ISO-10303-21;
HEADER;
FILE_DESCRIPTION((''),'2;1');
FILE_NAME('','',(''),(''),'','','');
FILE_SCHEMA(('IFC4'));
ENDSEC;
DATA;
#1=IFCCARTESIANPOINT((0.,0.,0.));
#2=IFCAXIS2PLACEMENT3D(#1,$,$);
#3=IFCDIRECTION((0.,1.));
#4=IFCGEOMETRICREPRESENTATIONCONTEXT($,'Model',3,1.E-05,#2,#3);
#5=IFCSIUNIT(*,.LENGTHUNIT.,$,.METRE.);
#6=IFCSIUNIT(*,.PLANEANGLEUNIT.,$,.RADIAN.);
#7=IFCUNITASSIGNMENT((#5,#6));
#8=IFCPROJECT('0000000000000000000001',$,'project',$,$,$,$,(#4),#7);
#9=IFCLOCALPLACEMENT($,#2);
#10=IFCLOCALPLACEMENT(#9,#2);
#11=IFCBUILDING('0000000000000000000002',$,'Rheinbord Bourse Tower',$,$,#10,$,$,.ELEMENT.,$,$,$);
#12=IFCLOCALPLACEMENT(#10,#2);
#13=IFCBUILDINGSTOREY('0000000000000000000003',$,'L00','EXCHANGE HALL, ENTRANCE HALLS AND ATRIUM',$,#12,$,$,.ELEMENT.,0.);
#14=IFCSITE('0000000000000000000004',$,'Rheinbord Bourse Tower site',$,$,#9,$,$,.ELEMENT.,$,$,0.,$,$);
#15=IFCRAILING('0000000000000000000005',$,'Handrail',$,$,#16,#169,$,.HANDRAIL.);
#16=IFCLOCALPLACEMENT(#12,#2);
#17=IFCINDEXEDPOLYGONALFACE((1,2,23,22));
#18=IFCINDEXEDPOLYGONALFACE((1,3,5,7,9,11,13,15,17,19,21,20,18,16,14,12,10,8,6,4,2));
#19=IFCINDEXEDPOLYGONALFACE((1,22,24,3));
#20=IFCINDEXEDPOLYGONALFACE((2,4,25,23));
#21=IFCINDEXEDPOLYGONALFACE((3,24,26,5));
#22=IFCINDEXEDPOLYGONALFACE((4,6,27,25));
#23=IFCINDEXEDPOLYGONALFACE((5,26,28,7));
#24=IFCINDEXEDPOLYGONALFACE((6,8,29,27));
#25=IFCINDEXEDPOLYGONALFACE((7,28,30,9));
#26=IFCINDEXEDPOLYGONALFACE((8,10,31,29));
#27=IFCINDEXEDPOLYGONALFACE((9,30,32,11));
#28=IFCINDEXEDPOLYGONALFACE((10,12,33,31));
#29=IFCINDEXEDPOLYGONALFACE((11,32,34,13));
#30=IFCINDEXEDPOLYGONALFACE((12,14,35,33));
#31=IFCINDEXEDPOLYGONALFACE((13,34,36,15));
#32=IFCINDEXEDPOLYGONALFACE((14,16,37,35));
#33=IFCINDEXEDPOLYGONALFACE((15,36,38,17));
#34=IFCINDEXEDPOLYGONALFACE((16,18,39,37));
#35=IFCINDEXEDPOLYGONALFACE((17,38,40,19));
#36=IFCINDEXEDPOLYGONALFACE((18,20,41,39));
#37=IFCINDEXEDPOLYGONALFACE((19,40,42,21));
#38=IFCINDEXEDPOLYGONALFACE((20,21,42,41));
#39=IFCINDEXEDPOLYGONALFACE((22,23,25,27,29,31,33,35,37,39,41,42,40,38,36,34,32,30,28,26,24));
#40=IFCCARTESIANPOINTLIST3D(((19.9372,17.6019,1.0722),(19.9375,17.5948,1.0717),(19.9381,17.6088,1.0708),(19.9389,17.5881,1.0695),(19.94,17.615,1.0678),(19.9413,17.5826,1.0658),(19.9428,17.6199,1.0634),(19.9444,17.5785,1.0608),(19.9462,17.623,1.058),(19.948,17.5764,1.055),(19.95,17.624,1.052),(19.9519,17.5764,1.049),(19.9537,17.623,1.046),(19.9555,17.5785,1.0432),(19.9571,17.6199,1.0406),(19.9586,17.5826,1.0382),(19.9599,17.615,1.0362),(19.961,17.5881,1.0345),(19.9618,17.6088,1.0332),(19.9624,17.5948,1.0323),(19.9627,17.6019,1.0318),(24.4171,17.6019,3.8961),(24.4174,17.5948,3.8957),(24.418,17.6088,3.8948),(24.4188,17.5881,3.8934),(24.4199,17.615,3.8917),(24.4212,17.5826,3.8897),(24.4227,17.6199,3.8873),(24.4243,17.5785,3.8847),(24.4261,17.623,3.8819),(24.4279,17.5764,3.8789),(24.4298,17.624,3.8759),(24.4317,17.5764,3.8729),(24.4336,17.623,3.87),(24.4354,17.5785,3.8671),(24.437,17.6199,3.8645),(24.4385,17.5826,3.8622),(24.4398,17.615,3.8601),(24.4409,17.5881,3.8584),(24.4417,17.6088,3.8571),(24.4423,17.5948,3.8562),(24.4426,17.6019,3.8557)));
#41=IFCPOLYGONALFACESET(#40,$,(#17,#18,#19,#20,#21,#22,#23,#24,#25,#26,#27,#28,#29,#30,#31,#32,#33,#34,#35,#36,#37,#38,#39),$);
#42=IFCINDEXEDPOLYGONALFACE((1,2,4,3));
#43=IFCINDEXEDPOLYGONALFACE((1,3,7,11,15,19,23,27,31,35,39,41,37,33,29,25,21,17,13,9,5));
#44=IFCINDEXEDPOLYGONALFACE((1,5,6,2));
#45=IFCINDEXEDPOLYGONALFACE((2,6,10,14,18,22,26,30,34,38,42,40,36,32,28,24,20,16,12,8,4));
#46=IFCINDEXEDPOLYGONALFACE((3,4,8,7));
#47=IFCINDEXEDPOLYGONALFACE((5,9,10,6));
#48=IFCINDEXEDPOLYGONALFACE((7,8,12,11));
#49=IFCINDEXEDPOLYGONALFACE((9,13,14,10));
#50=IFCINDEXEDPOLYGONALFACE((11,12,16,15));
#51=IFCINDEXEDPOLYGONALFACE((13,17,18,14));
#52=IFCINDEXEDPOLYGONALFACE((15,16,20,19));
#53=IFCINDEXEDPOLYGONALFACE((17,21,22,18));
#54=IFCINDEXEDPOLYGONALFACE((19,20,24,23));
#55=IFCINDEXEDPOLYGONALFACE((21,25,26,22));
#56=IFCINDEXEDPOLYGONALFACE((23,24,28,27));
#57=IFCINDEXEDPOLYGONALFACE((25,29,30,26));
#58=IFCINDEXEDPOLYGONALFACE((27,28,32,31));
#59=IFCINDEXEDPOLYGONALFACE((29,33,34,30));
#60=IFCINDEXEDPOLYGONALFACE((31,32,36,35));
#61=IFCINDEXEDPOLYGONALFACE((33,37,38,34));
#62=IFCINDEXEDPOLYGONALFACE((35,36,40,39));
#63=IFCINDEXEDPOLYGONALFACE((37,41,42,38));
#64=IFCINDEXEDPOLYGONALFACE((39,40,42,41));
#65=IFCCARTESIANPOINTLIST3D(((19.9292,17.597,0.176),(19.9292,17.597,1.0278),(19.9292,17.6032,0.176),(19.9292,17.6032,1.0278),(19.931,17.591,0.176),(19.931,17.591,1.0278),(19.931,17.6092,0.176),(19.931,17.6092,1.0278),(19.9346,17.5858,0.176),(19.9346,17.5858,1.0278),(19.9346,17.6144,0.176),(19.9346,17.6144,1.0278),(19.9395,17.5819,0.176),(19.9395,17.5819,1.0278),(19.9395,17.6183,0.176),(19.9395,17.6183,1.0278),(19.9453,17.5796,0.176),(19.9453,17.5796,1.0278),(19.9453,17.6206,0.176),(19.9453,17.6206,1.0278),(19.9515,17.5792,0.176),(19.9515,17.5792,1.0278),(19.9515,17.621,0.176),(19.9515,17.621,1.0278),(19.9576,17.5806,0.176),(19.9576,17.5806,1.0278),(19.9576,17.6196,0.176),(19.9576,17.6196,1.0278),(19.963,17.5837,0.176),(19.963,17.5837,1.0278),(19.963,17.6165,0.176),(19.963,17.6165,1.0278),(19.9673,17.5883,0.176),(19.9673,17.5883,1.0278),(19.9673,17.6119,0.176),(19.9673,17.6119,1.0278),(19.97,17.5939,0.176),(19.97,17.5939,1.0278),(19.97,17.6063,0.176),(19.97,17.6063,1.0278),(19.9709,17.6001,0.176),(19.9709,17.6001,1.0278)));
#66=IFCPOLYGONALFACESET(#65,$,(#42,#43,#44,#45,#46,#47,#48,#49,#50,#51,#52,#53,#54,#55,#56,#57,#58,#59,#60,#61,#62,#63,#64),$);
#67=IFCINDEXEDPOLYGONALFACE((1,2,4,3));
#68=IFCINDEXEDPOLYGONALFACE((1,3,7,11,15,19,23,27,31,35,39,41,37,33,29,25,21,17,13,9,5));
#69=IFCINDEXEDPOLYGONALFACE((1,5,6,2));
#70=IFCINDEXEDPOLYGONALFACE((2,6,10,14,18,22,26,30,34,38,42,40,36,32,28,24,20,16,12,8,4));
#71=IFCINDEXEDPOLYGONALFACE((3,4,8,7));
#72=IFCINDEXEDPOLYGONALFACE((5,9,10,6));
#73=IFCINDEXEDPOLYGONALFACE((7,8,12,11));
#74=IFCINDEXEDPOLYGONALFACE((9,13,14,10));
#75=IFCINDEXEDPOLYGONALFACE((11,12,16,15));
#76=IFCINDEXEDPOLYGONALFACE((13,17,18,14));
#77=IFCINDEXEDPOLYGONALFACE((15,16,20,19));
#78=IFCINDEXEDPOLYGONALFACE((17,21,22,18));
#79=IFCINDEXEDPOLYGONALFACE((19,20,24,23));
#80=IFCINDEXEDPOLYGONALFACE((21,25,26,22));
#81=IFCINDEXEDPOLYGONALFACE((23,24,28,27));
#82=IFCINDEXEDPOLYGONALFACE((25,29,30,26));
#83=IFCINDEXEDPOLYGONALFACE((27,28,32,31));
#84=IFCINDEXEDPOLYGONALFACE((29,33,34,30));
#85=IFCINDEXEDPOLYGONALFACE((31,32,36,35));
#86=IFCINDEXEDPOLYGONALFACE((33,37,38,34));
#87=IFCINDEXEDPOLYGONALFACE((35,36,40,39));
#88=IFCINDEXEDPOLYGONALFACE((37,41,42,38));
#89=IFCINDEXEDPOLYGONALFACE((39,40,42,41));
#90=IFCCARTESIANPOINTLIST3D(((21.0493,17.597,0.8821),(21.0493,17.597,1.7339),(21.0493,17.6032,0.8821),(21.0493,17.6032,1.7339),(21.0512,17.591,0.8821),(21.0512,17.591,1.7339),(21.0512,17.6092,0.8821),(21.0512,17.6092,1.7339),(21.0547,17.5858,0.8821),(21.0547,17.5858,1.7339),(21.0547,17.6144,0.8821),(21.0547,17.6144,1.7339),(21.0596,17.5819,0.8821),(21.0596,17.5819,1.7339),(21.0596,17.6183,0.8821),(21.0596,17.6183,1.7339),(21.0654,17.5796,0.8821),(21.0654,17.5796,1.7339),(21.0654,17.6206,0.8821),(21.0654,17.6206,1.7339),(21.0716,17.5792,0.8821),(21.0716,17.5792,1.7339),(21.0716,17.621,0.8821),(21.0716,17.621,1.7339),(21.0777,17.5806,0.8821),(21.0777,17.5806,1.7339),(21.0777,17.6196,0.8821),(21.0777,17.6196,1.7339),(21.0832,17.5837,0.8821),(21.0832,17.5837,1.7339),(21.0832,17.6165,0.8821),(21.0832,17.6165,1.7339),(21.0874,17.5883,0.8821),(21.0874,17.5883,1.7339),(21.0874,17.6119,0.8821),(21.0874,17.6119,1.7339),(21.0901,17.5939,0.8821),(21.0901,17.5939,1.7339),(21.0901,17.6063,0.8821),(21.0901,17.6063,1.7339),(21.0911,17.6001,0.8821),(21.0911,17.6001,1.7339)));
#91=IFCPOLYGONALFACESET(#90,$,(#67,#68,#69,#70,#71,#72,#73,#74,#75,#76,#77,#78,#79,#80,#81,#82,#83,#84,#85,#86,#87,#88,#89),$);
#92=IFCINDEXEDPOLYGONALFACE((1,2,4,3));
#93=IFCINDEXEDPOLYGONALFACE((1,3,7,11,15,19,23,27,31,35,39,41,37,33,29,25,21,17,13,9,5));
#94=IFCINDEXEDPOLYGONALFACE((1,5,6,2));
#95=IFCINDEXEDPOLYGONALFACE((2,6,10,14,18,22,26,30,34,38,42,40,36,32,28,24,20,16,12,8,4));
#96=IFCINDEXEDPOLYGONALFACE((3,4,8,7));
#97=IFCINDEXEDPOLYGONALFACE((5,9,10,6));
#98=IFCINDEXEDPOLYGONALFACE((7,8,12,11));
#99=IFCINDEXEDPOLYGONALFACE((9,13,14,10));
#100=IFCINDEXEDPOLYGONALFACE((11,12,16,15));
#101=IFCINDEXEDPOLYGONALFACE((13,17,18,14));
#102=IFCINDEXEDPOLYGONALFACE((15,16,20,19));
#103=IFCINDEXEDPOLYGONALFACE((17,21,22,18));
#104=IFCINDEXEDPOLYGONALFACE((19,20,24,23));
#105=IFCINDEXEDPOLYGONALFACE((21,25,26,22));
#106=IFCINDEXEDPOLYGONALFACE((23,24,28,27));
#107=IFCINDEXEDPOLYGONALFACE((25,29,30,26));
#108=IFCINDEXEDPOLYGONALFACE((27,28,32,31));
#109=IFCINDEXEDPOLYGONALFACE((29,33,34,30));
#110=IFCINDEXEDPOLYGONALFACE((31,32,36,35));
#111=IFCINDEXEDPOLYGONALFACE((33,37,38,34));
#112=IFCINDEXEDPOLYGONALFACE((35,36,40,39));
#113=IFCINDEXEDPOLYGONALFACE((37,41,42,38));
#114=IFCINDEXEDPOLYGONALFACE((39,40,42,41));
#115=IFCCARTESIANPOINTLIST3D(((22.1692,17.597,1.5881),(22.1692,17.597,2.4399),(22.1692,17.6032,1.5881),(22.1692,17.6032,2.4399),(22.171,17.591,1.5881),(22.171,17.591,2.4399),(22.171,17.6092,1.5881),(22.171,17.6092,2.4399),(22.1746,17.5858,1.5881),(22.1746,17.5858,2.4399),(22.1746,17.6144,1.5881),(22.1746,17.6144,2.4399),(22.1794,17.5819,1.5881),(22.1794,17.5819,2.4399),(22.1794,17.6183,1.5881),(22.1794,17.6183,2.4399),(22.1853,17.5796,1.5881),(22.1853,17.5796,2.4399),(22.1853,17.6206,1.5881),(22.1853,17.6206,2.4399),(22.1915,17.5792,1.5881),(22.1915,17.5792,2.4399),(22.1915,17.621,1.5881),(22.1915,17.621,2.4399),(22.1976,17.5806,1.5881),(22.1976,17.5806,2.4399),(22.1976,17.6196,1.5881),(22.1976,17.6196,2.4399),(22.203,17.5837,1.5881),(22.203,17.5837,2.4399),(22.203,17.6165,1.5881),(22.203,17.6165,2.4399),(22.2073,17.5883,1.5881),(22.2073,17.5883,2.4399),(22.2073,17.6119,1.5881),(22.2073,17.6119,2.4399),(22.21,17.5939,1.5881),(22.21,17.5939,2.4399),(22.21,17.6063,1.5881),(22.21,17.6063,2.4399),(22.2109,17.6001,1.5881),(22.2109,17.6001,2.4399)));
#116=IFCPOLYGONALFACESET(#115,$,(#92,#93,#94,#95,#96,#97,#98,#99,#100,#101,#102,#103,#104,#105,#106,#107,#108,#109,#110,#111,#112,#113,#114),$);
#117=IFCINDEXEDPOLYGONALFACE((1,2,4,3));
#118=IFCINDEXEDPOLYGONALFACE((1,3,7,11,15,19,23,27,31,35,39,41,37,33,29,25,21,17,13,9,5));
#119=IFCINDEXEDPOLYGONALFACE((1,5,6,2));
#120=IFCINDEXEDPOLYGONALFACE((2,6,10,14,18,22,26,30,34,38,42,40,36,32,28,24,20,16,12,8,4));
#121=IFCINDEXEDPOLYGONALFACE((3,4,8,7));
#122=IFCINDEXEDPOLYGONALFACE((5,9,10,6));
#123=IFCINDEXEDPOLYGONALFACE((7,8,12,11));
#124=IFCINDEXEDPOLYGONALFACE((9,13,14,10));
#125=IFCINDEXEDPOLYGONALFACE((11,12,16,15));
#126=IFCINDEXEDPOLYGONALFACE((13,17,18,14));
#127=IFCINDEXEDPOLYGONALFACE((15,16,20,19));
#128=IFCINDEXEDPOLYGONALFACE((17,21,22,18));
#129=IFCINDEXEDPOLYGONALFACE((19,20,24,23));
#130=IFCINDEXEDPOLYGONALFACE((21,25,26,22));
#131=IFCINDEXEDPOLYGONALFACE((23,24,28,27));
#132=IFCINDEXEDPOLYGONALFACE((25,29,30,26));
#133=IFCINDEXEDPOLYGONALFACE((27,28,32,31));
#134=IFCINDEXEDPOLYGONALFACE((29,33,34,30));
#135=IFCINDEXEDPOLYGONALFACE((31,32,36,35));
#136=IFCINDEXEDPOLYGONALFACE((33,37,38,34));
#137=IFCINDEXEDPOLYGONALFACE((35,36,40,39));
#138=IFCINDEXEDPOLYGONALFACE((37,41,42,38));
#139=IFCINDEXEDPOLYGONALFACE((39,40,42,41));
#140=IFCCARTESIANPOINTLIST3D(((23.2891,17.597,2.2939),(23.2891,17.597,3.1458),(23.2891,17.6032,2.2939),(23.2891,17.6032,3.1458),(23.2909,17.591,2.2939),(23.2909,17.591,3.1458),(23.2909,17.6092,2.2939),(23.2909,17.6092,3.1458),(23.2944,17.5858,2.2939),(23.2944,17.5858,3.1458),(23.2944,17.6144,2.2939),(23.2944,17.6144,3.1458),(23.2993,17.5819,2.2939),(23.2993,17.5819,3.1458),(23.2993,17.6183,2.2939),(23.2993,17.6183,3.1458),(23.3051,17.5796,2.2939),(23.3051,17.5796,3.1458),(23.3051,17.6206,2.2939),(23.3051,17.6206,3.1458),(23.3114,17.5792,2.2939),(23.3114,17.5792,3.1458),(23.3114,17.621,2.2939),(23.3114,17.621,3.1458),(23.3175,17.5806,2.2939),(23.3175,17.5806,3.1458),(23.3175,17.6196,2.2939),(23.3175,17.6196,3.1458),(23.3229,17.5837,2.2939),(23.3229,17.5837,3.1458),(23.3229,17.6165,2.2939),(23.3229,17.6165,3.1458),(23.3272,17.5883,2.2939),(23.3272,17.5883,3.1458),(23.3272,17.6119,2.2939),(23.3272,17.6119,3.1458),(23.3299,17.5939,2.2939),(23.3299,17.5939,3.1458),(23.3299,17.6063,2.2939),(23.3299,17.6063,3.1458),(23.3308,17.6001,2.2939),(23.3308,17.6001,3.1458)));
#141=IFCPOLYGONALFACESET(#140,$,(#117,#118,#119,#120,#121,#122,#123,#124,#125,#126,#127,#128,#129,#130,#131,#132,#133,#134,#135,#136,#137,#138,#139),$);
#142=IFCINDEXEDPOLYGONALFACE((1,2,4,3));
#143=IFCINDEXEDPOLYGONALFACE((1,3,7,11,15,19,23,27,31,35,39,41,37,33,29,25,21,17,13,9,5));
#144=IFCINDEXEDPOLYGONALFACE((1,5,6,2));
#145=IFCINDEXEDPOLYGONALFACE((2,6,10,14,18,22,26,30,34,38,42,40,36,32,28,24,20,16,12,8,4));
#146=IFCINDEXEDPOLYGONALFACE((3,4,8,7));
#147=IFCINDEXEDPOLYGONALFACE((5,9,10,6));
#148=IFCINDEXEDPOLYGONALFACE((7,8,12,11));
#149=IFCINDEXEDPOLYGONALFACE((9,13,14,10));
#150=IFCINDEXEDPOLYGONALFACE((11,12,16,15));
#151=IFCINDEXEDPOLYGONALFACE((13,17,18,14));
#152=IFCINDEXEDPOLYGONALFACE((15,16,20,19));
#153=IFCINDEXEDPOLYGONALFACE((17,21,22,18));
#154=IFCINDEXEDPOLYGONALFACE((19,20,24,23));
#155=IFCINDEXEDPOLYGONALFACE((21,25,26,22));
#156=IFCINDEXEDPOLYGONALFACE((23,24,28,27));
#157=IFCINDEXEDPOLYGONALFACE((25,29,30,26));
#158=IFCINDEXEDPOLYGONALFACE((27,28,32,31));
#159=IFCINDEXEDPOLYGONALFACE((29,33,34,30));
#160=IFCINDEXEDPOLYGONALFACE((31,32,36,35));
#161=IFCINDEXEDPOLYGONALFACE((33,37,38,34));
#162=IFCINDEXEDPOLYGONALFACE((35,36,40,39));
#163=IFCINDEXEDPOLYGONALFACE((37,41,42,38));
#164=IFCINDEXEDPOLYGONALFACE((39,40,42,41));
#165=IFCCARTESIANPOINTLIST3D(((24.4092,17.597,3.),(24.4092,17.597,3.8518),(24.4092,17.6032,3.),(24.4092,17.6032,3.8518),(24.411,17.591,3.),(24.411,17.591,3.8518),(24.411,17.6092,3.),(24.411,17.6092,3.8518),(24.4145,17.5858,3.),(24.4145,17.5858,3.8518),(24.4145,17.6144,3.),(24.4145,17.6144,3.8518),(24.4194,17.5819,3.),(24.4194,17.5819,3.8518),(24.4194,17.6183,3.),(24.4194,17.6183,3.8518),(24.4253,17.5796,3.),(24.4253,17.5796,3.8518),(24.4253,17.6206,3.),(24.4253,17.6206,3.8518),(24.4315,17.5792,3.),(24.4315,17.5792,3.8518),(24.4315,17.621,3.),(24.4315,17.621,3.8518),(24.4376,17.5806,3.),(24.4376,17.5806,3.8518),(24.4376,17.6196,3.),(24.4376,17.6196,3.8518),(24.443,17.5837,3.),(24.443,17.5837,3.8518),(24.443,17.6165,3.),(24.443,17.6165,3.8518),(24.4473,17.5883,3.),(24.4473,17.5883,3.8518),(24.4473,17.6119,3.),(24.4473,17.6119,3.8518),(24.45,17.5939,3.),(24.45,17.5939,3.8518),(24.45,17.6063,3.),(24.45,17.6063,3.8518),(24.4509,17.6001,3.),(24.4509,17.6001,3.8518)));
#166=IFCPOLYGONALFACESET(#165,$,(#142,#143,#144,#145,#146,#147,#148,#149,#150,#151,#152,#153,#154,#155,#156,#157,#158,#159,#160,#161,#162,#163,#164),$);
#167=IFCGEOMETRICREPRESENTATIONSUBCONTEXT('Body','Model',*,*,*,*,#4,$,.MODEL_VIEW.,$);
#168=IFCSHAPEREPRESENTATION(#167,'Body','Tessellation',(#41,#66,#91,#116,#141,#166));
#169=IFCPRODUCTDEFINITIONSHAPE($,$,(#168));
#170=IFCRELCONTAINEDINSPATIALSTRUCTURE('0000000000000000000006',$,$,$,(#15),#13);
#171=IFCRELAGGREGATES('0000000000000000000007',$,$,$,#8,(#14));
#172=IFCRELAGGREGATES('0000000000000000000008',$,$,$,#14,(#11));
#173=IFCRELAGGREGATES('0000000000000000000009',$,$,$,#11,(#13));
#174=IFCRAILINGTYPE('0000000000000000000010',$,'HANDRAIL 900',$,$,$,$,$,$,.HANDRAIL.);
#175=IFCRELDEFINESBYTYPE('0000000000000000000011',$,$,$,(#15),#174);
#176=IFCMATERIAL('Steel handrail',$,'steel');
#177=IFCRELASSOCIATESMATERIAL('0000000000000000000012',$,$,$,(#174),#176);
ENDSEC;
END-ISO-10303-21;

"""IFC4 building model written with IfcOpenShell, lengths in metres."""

from ifc_helpers import new_model, si_unit, direction, frame, origin, origin_2d, place, context, subcontext, project, spatial, circle, extrude, material, type_object, element, save


model = new_model("IFC4")

# Units and contexts
model_context = context("Model", 3, precision=1e-05, world=origin(), true_north=direction((0.0, 1.0)))
body_context = subcontext(model_context, "Body", "Model", "MODEL_VIEW")
ifc_project = project(units=[si_unit("LENGTHUNIT", "METRE"), si_unit("PLANEANGLEUNIT", "RADIAN")], contexts=[model_context])

# Site, building, storey
site_placement = place(None, origin())
site = spatial("IfcSite", under=ifc_project, at=site_placement, Name="Rheinbord Bourse Tower site", CompositionType="ELEMENT", RefElevation=0.0)
building_placement = place(site_placement, origin())
building = spatial("IfcBuilding", under=site, at=building_placement, Name="Rheinbord Bourse Tower", CompositionType="ELEMENT")
storey_placement = place(building_placement, origin())
storey = spatial("IfcBuildingStorey", under=building, at=storey_placement, Name="L00", Description="EXCHANGE HALL, ENTRANCE HALLS AND ATRIUM", CompositionType="ELEMENT", Elevation=0.0)

# Railing
ifc_material_1 = material(Name="Steel handrail", Category="steel")
railing_type = type_object("IfcRailingType", Name="HANDRAIL 900", PredefinedType="HANDRAIL", material=ifc_material_1)
railing_1_placement = place(storey_placement, frame((19.95, 17.6001, 0.176)))
element("IfcRailing", 1, at=railing_1_placement, inside=storey, type_object=railing_type, Name="Handrail", PredefinedType="HANDRAIL", context=body_context, shape_type="SweptSolid", body=[
    extrude(circle(Radius=0.0239, at=origin_2d()), frame((0.0, 0.0, 0.876), z_axis=(0.845956, 0.0, 0.533252), x_axis=(0.0, 1.0, 0.0)), (0.0, 0.0, 1.0), 5.2957),
    extrude(circle(Radius=0.021, at=origin_2d()), origin(), (0.0, 0.0, 1.0), 0.8518),
    extrude(circle(Radius=0.021, at=origin_2d()), frame((1.1201, 0.0, 0.7061)), (0.0, 0.0, 1.0), 0.8518),
    extrude(circle(Radius=0.021, at=origin_2d()), frame((2.24, 0.0, 1.4121)), (0.0, 0.0, 1.0), 0.8518),
    extrude(circle(Radius=0.021, at=origin_2d()), frame((3.3599, 0.0, 2.1179)), (0.0, 0.0, 1.0), 0.8518),
    extrude(circle(Radius=0.021, at=origin_2d()), frame((4.48, 0.0, 2.824)), (0.0, 0.0, 1.0), 0.8518),
])

save(model, "model.ifc")
